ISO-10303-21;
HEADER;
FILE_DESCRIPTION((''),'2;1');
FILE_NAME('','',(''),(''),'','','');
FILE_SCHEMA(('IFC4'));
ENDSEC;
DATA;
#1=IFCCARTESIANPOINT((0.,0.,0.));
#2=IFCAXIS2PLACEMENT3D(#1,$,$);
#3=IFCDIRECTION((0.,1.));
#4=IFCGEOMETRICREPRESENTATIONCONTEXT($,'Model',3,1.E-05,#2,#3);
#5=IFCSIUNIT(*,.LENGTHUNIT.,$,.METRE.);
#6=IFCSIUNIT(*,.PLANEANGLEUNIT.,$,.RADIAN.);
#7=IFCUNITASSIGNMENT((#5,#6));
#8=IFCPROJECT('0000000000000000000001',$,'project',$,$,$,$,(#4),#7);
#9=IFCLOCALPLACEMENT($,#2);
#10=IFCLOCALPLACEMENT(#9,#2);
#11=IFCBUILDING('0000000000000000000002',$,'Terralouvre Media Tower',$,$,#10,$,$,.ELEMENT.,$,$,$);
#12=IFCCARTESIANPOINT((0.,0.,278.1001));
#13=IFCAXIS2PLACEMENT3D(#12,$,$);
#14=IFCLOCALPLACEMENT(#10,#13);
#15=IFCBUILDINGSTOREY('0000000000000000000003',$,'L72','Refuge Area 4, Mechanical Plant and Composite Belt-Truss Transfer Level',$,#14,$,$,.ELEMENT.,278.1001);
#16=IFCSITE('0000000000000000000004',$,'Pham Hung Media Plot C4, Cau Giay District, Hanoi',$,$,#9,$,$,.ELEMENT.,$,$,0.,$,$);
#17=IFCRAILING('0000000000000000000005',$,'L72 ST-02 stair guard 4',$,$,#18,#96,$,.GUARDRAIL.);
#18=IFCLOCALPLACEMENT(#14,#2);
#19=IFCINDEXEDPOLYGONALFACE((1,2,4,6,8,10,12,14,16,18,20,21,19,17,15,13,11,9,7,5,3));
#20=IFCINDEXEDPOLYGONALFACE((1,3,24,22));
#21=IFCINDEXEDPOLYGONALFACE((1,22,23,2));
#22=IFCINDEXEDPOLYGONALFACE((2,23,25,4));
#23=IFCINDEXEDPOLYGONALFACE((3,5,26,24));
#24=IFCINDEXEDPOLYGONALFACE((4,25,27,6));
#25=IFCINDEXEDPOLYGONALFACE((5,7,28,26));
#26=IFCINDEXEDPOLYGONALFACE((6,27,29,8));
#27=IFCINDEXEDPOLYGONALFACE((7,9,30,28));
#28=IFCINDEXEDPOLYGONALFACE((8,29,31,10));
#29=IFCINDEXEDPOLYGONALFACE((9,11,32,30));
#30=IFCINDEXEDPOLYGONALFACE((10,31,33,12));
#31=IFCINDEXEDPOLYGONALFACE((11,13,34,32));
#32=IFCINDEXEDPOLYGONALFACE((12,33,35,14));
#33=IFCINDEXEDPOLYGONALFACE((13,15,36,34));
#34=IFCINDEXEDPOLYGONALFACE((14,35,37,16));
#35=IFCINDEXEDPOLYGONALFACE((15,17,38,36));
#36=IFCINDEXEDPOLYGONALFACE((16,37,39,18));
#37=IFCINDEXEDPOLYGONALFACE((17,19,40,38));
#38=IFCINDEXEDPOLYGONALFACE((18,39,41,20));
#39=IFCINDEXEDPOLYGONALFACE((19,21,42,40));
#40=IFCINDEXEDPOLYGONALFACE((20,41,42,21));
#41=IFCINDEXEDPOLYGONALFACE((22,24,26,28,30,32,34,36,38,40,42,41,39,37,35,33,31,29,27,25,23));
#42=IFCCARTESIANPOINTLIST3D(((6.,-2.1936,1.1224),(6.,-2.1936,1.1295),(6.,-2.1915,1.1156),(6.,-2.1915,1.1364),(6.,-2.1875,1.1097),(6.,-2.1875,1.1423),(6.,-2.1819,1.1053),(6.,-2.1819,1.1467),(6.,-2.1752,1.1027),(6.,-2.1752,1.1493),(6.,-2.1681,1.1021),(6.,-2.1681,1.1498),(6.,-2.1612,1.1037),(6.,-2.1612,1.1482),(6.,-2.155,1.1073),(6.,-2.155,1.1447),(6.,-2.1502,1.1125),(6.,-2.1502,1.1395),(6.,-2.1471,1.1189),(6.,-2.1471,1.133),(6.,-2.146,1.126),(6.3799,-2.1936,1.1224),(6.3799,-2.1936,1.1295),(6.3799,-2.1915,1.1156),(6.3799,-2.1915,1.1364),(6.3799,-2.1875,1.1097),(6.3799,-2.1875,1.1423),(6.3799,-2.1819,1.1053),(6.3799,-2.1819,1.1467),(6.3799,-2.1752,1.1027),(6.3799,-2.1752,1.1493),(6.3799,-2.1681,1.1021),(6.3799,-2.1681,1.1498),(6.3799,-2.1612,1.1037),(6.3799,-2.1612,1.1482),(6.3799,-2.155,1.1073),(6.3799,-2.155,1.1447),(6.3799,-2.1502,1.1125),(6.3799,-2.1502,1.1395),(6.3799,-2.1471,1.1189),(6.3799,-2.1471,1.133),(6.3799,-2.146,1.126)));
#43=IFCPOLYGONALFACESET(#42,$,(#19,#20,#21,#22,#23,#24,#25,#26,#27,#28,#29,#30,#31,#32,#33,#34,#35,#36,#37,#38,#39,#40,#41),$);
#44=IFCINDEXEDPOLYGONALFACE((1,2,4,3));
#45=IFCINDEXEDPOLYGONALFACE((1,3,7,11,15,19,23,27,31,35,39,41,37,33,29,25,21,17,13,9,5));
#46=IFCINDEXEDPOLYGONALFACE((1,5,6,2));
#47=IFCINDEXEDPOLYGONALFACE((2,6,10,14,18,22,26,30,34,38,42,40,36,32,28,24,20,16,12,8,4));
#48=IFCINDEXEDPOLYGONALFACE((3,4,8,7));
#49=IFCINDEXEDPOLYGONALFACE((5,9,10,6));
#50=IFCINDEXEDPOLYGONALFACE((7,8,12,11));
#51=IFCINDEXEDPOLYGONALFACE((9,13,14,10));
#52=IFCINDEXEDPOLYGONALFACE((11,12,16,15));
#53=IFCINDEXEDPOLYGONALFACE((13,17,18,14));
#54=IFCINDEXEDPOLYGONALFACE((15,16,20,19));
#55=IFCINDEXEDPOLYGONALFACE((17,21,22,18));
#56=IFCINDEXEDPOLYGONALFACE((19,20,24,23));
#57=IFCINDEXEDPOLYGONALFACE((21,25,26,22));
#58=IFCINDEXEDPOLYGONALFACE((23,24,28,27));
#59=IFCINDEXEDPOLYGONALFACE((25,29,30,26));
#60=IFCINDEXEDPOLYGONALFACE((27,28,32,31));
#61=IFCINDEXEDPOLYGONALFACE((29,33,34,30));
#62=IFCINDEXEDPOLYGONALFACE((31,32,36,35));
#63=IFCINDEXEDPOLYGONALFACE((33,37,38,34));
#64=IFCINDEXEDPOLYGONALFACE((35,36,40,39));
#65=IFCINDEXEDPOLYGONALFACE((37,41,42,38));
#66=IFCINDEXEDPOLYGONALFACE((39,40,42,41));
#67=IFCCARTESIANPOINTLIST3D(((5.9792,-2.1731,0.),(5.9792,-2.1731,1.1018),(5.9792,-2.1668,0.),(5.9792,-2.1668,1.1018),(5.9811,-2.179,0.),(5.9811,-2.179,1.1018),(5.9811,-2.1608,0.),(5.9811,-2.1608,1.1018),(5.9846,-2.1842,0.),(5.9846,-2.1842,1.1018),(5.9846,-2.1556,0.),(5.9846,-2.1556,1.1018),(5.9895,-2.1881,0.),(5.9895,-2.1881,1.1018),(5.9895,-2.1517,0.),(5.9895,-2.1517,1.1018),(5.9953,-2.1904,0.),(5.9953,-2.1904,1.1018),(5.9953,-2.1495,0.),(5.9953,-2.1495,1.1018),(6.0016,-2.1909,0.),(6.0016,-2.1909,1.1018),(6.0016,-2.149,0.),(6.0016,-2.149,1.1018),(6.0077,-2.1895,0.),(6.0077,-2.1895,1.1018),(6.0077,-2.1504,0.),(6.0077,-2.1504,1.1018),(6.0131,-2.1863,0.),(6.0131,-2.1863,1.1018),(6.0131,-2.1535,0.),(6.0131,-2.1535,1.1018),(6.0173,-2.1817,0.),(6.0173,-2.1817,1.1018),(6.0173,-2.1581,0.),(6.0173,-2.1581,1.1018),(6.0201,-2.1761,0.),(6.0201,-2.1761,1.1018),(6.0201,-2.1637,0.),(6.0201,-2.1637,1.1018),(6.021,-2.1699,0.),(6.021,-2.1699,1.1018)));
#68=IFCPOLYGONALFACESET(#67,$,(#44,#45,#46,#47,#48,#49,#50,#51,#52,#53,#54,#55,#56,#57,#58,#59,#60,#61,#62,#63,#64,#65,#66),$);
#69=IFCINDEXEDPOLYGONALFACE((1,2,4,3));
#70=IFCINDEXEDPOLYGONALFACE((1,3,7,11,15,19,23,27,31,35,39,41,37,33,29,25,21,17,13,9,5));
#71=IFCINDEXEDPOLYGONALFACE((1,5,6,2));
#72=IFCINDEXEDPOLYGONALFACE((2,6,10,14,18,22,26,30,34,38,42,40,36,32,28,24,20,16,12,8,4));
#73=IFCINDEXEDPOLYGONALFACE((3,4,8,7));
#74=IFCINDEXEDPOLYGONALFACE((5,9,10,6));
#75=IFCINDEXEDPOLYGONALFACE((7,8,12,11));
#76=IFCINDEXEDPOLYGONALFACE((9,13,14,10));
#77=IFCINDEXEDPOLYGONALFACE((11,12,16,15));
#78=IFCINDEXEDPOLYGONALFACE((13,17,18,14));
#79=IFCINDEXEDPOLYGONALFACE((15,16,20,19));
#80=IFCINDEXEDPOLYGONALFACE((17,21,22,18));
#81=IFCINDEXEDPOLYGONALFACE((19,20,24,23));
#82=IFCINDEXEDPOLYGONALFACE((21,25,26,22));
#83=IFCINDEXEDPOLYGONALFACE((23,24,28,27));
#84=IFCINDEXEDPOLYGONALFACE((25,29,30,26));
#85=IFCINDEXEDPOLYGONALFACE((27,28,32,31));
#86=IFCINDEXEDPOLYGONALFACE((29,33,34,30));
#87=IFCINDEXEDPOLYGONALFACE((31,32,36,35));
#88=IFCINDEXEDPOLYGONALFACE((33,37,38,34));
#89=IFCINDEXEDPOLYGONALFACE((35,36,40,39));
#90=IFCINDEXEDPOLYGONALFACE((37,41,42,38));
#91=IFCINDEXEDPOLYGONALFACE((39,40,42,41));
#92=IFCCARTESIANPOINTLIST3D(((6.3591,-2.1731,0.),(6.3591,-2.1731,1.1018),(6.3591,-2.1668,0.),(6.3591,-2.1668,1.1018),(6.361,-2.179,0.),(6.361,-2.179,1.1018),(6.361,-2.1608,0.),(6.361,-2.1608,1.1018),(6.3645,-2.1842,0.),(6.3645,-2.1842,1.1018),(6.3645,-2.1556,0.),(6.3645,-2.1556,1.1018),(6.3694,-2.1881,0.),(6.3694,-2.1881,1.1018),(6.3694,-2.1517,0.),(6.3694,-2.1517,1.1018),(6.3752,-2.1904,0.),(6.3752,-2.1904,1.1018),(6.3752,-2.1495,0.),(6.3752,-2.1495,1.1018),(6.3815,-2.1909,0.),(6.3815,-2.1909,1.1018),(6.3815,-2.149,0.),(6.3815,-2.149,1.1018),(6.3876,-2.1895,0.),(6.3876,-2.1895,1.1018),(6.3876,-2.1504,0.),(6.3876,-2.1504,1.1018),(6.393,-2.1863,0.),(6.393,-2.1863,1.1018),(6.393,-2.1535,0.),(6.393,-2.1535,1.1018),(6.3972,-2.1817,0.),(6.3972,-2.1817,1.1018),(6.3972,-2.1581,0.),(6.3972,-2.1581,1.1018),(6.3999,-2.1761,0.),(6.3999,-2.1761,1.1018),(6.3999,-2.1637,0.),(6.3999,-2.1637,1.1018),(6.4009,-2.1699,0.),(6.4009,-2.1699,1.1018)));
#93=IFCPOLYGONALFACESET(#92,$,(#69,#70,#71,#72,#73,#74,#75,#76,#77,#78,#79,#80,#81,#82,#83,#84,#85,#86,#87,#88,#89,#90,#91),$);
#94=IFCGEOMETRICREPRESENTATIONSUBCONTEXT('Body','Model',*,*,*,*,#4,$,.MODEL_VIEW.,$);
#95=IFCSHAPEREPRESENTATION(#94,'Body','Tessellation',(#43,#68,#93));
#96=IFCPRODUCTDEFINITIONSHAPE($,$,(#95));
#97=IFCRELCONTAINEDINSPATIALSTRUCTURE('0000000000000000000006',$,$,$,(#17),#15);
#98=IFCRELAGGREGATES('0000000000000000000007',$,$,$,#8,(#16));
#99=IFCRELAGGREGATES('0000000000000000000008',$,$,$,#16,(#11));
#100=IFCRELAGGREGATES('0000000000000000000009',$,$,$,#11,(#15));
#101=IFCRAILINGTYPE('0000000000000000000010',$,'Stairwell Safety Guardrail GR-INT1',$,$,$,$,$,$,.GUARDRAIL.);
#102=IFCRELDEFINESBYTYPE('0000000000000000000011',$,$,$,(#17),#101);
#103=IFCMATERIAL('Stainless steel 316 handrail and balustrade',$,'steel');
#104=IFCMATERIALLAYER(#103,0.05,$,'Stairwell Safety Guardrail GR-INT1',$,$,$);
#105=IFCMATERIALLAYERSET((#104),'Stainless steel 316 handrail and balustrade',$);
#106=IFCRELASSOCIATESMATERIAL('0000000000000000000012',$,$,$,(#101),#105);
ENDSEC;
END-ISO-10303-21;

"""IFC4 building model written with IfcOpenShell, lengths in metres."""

from ifc_helpers import new_model, si_unit, direction, frame, origin, origin_2d, place, context, subcontext, project, spatial, circle, extrude, material, layer, layer_set, type_object, element, save


model = new_model("IFC4")

# Units and contexts
model_context = context("Model", 3, precision=1e-05, world=origin(), true_north=direction((0.0, 1.0)))
body_context = subcontext(model_context, "Body", "Model", "MODEL_VIEW")
ifc_project = project(units=[si_unit("LENGTHUNIT", "METRE"), si_unit("PLANEANGLEUNIT", "RADIAN")], contexts=[model_context])

# Site, building, storey
site_placement = place(None, origin())
site = spatial("IfcSite", under=ifc_project, at=site_placement, Name="Pham Hung Media Plot C4, Cau Giay District, Hanoi", CompositionType="ELEMENT", RefElevation=0.0)
building_placement = place(site_placement, origin())
building = spatial("IfcBuilding", under=site, at=building_placement, Name="Terralouvre Media Tower", CompositionType="ELEMENT")
storey_placement = place(building_placement, frame((0.0, 0.0, 278.1001)))
storey = spatial("IfcBuildingStorey", under=building, at=storey_placement, Name="L72", Description="Refuge Area 4, Mechanical Plant and Composite Belt-Truss Transfer Level", CompositionType="ELEMENT", Elevation=278.1001)

# Railing
ifc_material_1 = material(Name="Stainless steel 316 handrail and balustrade", Category="steel")
ifc_layer_1 = layer(ifc_material_1, 0.05, Name="Stairwell Safety Guardrail GR-INT1")
ifc_layer_set_1 = layer_set([ifc_layer_1], Name="Stainless steel 316 handrail and balustrade")
railing_type_1 = type_object("IfcRailingType", Name="Stairwell Safety Guardrail GR-INT1", PredefinedType="GUARDRAIL", material=ifc_layer_set_1)
railing_1_placement = place(storey_placement, frame((6.0, -2.1699, 0.0)))
element("IfcRailing", 1, at=railing_1_placement, inside=storey, type_object=railing_type_1, Name="L72 ST-02 stair guard 4", PredefinedType="GUARDRAIL", context=body_context, shape_type="SweptSolid", body=[
    extrude(circle(Radius=0.0239, at=origin_2d()), frame((0.0, 0.0, 1.126), z_axis=(1.0, 0.0, 0.0), x_axis=(0.0, 1.0, 0.0)), (0.0, 0.0, 1.0), 0.3799),
    extrude(circle(Radius=0.021, at=origin_2d()), origin(), (0.0, 0.0, 1.0), 1.1018),
    extrude(circle(Radius=0.021, at=origin_2d()), frame((0.3799, 0.0, 0.0)), (0.0, 0.0, 1.0), 1.1018),
])

save(model, "model.ifc")
